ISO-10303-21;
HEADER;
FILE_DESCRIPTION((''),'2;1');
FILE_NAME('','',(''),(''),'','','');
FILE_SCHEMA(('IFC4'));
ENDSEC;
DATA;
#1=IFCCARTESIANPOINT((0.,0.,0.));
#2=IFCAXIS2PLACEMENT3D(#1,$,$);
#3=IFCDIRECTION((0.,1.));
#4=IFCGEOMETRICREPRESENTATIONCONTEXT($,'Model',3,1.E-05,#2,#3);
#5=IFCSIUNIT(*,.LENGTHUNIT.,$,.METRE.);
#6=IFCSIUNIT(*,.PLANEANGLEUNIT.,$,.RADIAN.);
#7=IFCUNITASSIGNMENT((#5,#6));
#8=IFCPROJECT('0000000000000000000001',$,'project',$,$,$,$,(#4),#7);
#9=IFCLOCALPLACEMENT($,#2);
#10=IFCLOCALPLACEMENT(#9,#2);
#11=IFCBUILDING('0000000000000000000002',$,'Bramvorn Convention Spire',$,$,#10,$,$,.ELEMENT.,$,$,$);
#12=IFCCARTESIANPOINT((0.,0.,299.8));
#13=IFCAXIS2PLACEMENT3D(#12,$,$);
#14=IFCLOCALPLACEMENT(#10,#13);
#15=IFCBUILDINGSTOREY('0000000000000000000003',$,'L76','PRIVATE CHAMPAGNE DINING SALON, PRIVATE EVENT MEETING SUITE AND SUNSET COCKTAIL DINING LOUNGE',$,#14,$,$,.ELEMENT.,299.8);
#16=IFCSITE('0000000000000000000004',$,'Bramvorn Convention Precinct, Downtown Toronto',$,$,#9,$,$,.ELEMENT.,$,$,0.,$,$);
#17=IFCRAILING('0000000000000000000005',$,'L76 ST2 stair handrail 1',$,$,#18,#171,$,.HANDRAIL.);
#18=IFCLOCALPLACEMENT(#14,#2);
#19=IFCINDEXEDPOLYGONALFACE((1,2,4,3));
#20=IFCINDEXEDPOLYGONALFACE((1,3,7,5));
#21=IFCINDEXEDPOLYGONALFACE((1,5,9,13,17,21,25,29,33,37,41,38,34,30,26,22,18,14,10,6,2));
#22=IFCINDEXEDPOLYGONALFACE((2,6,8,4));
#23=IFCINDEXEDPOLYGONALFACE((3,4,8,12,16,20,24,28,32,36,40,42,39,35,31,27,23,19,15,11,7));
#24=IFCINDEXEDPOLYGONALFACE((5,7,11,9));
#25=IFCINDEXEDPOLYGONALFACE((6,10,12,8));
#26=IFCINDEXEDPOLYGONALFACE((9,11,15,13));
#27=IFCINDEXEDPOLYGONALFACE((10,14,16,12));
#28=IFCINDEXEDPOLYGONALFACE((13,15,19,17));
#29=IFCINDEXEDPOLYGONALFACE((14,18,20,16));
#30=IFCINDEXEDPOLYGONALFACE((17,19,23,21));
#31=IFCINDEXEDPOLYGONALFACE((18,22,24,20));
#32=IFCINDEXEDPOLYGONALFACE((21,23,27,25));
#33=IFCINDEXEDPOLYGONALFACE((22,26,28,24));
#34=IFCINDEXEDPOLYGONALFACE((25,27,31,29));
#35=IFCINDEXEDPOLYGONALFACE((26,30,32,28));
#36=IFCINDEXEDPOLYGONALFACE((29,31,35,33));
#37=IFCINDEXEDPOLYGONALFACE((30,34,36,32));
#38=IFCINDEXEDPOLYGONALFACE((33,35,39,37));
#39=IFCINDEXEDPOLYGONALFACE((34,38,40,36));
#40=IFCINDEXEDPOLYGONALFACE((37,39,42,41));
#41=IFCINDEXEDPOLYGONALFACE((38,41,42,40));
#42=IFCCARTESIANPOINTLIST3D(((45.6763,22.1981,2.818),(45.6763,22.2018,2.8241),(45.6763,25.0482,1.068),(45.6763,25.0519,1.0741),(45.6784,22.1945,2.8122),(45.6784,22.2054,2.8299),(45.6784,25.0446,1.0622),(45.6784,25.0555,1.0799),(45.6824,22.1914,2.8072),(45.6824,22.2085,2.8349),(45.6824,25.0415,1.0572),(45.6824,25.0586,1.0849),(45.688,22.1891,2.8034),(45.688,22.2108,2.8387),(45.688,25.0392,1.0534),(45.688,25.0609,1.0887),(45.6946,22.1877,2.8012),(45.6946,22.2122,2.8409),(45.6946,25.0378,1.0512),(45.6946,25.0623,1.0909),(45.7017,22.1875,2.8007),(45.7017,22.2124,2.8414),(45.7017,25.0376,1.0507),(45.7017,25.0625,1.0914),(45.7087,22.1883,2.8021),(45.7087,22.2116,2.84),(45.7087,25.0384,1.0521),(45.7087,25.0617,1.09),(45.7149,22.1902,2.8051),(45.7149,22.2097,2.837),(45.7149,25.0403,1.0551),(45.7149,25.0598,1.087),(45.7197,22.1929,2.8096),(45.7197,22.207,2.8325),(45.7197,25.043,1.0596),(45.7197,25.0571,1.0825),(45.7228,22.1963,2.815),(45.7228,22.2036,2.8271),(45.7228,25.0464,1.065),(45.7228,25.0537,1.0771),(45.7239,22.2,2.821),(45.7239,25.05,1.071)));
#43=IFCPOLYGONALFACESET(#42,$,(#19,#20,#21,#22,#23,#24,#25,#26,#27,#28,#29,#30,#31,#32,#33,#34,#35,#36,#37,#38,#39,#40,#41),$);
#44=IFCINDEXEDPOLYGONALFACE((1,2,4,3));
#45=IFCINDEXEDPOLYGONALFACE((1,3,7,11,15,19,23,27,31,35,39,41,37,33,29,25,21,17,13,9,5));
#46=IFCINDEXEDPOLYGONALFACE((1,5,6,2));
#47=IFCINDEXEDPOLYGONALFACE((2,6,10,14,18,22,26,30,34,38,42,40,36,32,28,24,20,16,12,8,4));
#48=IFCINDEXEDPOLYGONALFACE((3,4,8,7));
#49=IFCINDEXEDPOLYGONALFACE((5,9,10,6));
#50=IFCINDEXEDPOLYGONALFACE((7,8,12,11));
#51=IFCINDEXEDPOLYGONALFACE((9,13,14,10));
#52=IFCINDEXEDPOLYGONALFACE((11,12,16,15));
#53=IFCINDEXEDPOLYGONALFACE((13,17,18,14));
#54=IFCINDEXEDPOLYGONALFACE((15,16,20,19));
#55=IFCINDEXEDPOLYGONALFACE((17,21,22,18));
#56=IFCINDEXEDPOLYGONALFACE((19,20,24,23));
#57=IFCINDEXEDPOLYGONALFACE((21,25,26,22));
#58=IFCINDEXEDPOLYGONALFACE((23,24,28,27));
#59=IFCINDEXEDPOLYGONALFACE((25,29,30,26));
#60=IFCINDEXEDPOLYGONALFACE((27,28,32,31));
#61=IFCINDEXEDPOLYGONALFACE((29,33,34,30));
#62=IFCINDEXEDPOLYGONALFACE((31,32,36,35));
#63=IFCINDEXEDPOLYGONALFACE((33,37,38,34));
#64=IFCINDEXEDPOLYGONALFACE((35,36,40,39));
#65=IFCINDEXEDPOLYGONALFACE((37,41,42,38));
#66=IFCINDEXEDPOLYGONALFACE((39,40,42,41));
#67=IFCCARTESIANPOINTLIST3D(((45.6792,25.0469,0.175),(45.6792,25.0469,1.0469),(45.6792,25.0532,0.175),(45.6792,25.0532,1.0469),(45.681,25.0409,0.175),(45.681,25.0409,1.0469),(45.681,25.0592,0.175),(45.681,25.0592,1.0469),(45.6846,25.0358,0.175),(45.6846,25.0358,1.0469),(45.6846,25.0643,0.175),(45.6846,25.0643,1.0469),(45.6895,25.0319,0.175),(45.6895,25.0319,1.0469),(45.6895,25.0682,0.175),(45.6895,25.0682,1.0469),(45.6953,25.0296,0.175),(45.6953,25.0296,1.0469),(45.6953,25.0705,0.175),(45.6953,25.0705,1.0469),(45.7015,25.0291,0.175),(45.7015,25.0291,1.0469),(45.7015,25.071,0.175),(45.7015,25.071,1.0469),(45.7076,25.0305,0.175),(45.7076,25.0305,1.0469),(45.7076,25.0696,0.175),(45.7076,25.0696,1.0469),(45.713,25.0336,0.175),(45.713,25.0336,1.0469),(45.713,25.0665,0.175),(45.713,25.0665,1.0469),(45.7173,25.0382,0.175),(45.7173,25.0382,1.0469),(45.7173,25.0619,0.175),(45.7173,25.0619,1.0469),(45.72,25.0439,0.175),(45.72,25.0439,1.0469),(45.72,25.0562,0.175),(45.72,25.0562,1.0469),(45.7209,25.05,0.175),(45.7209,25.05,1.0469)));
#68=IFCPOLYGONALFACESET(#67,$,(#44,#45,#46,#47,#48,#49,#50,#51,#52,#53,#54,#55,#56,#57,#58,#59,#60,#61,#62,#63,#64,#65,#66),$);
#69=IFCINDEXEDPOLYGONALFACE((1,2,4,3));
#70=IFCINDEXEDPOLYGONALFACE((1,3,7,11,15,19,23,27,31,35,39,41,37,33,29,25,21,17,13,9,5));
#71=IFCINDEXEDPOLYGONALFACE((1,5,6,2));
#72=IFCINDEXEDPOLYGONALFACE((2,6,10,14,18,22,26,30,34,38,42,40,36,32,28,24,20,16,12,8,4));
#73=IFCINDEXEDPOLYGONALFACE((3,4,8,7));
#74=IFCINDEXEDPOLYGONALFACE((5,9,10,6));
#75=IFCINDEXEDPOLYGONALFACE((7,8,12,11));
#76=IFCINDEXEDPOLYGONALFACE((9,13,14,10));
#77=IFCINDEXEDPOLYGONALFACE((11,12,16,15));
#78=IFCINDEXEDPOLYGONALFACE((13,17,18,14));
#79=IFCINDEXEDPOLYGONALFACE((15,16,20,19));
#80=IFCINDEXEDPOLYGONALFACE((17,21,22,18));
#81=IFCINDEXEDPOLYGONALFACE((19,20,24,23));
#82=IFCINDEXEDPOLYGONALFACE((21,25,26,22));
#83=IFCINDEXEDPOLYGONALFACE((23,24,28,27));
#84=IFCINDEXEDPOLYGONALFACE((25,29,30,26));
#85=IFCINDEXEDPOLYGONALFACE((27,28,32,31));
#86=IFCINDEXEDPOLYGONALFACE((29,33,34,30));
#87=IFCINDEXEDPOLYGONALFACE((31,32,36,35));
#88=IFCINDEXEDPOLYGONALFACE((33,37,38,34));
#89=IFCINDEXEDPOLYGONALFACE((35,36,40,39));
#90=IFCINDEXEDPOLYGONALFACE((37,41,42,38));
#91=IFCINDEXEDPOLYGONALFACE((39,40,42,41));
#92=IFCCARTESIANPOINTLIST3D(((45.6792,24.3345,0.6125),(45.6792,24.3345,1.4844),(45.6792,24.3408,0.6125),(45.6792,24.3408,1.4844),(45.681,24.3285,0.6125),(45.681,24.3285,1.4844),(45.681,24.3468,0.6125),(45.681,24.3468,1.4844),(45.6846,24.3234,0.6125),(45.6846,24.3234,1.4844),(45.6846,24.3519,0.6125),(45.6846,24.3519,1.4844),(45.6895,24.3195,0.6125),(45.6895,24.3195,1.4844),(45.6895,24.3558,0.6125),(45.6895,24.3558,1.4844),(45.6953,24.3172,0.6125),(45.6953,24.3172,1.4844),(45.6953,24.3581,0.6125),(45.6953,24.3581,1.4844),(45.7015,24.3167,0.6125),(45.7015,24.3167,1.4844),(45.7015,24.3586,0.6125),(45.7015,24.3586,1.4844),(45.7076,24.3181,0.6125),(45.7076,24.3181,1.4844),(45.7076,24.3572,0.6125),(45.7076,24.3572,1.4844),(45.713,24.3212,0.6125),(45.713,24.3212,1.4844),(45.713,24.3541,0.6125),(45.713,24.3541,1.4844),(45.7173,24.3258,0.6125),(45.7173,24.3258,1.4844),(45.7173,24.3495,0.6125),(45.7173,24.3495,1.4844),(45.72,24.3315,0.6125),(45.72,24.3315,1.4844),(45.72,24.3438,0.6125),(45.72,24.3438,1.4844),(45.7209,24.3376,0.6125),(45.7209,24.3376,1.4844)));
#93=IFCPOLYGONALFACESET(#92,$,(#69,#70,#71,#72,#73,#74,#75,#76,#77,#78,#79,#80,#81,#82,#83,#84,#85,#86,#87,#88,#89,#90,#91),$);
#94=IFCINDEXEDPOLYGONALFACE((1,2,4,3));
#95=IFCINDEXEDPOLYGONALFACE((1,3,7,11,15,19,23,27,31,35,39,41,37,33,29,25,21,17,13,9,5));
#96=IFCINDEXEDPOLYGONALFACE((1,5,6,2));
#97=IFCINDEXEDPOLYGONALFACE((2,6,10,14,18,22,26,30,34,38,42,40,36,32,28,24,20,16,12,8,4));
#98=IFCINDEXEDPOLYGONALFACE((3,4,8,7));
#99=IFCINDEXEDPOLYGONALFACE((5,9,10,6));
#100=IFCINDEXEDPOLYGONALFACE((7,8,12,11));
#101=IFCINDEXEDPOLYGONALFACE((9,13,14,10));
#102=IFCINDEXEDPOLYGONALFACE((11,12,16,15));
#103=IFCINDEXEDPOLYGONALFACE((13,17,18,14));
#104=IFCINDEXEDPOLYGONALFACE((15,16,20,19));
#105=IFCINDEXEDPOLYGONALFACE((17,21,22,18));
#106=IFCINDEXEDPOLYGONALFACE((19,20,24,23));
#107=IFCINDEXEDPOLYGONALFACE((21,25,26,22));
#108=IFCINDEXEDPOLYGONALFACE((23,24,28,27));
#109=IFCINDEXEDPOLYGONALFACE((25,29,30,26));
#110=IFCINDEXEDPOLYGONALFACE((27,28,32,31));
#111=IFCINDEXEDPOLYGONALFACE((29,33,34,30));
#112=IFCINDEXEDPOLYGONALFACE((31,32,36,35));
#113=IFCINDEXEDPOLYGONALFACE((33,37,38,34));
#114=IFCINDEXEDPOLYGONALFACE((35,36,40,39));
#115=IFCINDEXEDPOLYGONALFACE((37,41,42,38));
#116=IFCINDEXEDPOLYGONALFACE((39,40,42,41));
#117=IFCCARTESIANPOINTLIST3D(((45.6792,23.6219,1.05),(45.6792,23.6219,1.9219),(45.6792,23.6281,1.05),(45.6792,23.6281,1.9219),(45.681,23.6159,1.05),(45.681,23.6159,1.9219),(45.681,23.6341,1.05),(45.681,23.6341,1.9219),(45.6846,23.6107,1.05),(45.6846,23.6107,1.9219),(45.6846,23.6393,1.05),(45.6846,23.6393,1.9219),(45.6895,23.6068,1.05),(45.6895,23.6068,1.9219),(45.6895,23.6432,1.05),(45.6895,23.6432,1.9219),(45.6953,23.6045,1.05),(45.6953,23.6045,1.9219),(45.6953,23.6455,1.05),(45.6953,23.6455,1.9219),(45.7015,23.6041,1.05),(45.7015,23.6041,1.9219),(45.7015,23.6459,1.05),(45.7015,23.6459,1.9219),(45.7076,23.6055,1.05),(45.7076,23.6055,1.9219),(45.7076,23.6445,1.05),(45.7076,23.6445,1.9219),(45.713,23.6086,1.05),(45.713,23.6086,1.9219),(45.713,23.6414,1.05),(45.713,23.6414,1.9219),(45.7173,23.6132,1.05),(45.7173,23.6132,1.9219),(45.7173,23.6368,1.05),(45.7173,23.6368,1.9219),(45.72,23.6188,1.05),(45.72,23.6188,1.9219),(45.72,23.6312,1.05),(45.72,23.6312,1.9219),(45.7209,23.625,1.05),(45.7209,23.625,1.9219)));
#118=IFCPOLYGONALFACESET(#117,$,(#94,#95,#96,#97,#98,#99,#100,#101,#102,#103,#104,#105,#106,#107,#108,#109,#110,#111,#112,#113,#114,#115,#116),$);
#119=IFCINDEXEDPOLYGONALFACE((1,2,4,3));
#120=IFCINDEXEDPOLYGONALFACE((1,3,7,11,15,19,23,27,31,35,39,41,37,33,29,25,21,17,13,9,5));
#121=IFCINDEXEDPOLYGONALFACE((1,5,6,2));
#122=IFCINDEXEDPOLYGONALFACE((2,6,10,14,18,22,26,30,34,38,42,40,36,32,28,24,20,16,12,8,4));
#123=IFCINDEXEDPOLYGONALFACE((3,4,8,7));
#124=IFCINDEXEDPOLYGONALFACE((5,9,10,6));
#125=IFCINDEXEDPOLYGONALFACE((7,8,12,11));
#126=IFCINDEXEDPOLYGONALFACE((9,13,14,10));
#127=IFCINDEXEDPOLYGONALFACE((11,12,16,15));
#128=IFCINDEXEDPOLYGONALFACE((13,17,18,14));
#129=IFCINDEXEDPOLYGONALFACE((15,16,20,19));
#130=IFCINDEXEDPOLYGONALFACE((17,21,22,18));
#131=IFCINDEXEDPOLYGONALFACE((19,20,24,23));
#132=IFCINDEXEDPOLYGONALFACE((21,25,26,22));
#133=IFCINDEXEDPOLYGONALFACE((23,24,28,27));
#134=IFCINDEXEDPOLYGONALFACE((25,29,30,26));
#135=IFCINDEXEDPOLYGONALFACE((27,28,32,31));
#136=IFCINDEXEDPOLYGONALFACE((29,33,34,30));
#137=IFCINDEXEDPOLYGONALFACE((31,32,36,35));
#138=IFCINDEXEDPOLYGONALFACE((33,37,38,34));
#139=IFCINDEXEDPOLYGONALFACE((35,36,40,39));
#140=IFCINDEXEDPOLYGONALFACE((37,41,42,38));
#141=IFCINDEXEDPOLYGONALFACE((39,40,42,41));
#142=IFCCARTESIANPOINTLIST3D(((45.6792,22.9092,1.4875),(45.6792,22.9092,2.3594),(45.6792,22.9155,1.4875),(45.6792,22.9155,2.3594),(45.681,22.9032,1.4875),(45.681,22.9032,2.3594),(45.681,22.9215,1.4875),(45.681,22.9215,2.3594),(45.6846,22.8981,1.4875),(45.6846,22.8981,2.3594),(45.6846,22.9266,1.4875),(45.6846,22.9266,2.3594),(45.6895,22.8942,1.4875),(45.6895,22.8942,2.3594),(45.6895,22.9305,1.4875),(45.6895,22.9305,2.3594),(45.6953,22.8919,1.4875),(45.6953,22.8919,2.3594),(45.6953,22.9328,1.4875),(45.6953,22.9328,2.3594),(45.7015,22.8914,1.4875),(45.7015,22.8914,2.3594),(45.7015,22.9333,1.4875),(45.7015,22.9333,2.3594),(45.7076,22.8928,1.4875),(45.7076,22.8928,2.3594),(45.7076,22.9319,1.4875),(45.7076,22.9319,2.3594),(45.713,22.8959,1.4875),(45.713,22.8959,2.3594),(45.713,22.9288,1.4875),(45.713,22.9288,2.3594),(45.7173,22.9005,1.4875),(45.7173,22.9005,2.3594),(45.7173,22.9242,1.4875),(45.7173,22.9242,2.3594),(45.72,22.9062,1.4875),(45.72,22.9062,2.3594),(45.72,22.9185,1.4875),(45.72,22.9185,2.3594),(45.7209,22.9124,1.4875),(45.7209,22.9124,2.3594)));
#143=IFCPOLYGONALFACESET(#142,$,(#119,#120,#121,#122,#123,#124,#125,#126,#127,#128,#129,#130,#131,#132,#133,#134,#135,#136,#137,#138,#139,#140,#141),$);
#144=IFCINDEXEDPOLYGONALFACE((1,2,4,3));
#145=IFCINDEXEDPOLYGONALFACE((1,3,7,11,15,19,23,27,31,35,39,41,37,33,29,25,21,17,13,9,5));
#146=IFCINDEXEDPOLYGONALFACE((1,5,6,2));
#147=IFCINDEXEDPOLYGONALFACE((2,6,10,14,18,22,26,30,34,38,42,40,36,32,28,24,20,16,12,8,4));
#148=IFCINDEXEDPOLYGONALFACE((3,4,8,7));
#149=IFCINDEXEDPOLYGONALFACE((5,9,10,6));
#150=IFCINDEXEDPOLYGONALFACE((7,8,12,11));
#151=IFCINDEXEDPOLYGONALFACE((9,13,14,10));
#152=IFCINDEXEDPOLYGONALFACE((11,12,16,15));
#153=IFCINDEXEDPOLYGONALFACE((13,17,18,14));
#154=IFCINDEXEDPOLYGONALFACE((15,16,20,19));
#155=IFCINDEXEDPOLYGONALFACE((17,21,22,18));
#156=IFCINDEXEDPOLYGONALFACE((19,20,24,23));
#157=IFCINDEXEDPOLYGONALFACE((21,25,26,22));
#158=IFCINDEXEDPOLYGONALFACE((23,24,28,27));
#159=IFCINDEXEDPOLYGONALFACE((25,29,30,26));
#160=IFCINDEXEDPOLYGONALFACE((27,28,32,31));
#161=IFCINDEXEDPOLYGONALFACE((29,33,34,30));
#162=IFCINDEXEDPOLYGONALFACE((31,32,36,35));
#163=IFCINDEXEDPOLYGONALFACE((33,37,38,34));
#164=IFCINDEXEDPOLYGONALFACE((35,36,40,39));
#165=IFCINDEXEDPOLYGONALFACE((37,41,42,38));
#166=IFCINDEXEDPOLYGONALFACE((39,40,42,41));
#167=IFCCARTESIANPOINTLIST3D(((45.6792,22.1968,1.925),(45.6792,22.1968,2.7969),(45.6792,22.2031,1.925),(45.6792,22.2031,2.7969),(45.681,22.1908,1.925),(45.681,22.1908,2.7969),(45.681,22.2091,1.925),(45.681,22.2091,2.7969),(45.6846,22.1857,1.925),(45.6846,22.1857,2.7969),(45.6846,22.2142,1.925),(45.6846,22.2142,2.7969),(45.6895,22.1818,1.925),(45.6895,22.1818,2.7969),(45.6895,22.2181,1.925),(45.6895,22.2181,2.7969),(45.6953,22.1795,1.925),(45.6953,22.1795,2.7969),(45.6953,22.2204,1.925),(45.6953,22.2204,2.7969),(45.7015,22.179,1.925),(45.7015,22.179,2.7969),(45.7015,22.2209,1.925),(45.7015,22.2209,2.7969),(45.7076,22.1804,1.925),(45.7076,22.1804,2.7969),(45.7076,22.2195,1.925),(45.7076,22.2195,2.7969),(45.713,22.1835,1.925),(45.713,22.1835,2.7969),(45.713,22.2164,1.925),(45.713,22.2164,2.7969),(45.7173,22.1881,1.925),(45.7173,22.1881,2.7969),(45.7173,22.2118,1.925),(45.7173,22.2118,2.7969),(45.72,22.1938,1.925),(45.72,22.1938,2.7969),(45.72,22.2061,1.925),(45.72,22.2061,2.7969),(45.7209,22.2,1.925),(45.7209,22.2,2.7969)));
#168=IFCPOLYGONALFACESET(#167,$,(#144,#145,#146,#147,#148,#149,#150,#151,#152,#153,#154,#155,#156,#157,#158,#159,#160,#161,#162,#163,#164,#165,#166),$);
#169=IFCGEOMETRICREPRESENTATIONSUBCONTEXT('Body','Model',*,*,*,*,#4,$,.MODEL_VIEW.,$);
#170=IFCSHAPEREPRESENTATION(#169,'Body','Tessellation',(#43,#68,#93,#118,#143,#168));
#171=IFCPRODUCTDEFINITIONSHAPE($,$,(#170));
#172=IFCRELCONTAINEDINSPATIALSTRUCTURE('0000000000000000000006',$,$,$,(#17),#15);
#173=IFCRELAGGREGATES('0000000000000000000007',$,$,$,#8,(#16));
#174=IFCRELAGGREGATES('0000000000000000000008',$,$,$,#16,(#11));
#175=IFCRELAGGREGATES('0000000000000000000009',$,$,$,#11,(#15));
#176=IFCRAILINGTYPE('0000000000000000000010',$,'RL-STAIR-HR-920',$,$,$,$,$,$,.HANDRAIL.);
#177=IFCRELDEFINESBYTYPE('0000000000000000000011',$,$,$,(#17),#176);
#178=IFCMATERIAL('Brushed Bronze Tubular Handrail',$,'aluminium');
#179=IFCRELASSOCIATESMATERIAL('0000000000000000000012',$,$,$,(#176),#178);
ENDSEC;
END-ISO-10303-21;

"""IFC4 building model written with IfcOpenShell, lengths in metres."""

from ifc_helpers import new_model, si_unit, direction, frame, origin, origin_2d, place, context, subcontext, project, spatial, circle, extrude, material, type_object, element, save


model = new_model("IFC4")

# Units and contexts
model_context = context("Model", 3, precision=1e-05, world=origin(), true_north=direction((0.0, 1.0)))
body_context = subcontext(model_context, "Body", "Model", "MODEL_VIEW")
ifc_project = project(units=[si_unit("LENGTHUNIT", "METRE"), si_unit("PLANEANGLEUNIT", "RADIAN")], contexts=[model_context])

# Site, building, storey
site_placement = place(None, origin())
site = spatial("IfcSite", under=ifc_project, at=site_placement, Name="Bramvorn Convention Precinct, Downtown Toronto", CompositionType="ELEMENT", RefElevation=0.0)
building_placement = place(site_placement, origin())
building = spatial("IfcBuilding", under=site, at=building_placement, Name="Bramvorn Convention Spire", CompositionType="ELEMENT")
storey_placement = place(building_placement, frame((0.0, 0.0, 299.8)))
storey = spatial("IfcBuildingStorey", under=building, at=storey_placement, Name="L76", Description="PRIVATE CHAMPAGNE DINING SALON, PRIVATE EVENT MEETING SUITE AND SUNSET COCKTAIL DINING LOUNGE", CompositionType="ELEMENT", Elevation=299.8)

# Railing
ifc_material_1 = material(Name="Brushed Bronze Tubular Handrail", Category="aluminium")
railing_type_1 = type_object("IfcRailingType", Name="RL-STAIR-HR-920", PredefinedType="HANDRAIL", material=ifc_material_1)
railing_1_placement = place(storey_placement, frame((45.7, 25.05, 0.175)))
element("IfcRailing", 1, at=railing_1_placement, inside=storey, type_object=railing_type_1, Name="L76 ST2 stair handrail 1", PredefinedType="HANDRAIL", context=body_context, shape_type="SweptSolid", body=[
    extrude(circle(Radius=0.0239, at=origin_2d()), frame((0.0, 0.0, 0.896), z_axis=(0.0, -0.852179, 0.52325), x_axis=(1.0, 0.0, 0.0)), (0.0, 0.0, 1.0), 3.3445),
    extrude(circle(Radius=0.021, at=origin_2d()), origin(), (0.0, 0.0, 1.0), 0.8718),
    extrude(circle(Radius=0.021, at=origin_2d()), frame((0.0, -0.7124, 0.4375)), (0.0, 0.0, 1.0), 0.8718),
    extrude(circle(Radius=0.021, at=origin_2d()), frame((0.0, -1.425, 0.875)), (0.0, 0.0, 1.0), 0.8718),
    extrude(circle(Radius=0.021, at=origin_2d()), frame((0.0, -2.1377, 1.3125)), (0.0, 0.0, 1.0), 0.8718),
    extrude(circle(Radius=0.021, at=origin_2d()), frame((0.0, -2.8501, 1.75)), (0.0, 0.0, 1.0), 0.8718),
])

save(model, "model.ifc")
